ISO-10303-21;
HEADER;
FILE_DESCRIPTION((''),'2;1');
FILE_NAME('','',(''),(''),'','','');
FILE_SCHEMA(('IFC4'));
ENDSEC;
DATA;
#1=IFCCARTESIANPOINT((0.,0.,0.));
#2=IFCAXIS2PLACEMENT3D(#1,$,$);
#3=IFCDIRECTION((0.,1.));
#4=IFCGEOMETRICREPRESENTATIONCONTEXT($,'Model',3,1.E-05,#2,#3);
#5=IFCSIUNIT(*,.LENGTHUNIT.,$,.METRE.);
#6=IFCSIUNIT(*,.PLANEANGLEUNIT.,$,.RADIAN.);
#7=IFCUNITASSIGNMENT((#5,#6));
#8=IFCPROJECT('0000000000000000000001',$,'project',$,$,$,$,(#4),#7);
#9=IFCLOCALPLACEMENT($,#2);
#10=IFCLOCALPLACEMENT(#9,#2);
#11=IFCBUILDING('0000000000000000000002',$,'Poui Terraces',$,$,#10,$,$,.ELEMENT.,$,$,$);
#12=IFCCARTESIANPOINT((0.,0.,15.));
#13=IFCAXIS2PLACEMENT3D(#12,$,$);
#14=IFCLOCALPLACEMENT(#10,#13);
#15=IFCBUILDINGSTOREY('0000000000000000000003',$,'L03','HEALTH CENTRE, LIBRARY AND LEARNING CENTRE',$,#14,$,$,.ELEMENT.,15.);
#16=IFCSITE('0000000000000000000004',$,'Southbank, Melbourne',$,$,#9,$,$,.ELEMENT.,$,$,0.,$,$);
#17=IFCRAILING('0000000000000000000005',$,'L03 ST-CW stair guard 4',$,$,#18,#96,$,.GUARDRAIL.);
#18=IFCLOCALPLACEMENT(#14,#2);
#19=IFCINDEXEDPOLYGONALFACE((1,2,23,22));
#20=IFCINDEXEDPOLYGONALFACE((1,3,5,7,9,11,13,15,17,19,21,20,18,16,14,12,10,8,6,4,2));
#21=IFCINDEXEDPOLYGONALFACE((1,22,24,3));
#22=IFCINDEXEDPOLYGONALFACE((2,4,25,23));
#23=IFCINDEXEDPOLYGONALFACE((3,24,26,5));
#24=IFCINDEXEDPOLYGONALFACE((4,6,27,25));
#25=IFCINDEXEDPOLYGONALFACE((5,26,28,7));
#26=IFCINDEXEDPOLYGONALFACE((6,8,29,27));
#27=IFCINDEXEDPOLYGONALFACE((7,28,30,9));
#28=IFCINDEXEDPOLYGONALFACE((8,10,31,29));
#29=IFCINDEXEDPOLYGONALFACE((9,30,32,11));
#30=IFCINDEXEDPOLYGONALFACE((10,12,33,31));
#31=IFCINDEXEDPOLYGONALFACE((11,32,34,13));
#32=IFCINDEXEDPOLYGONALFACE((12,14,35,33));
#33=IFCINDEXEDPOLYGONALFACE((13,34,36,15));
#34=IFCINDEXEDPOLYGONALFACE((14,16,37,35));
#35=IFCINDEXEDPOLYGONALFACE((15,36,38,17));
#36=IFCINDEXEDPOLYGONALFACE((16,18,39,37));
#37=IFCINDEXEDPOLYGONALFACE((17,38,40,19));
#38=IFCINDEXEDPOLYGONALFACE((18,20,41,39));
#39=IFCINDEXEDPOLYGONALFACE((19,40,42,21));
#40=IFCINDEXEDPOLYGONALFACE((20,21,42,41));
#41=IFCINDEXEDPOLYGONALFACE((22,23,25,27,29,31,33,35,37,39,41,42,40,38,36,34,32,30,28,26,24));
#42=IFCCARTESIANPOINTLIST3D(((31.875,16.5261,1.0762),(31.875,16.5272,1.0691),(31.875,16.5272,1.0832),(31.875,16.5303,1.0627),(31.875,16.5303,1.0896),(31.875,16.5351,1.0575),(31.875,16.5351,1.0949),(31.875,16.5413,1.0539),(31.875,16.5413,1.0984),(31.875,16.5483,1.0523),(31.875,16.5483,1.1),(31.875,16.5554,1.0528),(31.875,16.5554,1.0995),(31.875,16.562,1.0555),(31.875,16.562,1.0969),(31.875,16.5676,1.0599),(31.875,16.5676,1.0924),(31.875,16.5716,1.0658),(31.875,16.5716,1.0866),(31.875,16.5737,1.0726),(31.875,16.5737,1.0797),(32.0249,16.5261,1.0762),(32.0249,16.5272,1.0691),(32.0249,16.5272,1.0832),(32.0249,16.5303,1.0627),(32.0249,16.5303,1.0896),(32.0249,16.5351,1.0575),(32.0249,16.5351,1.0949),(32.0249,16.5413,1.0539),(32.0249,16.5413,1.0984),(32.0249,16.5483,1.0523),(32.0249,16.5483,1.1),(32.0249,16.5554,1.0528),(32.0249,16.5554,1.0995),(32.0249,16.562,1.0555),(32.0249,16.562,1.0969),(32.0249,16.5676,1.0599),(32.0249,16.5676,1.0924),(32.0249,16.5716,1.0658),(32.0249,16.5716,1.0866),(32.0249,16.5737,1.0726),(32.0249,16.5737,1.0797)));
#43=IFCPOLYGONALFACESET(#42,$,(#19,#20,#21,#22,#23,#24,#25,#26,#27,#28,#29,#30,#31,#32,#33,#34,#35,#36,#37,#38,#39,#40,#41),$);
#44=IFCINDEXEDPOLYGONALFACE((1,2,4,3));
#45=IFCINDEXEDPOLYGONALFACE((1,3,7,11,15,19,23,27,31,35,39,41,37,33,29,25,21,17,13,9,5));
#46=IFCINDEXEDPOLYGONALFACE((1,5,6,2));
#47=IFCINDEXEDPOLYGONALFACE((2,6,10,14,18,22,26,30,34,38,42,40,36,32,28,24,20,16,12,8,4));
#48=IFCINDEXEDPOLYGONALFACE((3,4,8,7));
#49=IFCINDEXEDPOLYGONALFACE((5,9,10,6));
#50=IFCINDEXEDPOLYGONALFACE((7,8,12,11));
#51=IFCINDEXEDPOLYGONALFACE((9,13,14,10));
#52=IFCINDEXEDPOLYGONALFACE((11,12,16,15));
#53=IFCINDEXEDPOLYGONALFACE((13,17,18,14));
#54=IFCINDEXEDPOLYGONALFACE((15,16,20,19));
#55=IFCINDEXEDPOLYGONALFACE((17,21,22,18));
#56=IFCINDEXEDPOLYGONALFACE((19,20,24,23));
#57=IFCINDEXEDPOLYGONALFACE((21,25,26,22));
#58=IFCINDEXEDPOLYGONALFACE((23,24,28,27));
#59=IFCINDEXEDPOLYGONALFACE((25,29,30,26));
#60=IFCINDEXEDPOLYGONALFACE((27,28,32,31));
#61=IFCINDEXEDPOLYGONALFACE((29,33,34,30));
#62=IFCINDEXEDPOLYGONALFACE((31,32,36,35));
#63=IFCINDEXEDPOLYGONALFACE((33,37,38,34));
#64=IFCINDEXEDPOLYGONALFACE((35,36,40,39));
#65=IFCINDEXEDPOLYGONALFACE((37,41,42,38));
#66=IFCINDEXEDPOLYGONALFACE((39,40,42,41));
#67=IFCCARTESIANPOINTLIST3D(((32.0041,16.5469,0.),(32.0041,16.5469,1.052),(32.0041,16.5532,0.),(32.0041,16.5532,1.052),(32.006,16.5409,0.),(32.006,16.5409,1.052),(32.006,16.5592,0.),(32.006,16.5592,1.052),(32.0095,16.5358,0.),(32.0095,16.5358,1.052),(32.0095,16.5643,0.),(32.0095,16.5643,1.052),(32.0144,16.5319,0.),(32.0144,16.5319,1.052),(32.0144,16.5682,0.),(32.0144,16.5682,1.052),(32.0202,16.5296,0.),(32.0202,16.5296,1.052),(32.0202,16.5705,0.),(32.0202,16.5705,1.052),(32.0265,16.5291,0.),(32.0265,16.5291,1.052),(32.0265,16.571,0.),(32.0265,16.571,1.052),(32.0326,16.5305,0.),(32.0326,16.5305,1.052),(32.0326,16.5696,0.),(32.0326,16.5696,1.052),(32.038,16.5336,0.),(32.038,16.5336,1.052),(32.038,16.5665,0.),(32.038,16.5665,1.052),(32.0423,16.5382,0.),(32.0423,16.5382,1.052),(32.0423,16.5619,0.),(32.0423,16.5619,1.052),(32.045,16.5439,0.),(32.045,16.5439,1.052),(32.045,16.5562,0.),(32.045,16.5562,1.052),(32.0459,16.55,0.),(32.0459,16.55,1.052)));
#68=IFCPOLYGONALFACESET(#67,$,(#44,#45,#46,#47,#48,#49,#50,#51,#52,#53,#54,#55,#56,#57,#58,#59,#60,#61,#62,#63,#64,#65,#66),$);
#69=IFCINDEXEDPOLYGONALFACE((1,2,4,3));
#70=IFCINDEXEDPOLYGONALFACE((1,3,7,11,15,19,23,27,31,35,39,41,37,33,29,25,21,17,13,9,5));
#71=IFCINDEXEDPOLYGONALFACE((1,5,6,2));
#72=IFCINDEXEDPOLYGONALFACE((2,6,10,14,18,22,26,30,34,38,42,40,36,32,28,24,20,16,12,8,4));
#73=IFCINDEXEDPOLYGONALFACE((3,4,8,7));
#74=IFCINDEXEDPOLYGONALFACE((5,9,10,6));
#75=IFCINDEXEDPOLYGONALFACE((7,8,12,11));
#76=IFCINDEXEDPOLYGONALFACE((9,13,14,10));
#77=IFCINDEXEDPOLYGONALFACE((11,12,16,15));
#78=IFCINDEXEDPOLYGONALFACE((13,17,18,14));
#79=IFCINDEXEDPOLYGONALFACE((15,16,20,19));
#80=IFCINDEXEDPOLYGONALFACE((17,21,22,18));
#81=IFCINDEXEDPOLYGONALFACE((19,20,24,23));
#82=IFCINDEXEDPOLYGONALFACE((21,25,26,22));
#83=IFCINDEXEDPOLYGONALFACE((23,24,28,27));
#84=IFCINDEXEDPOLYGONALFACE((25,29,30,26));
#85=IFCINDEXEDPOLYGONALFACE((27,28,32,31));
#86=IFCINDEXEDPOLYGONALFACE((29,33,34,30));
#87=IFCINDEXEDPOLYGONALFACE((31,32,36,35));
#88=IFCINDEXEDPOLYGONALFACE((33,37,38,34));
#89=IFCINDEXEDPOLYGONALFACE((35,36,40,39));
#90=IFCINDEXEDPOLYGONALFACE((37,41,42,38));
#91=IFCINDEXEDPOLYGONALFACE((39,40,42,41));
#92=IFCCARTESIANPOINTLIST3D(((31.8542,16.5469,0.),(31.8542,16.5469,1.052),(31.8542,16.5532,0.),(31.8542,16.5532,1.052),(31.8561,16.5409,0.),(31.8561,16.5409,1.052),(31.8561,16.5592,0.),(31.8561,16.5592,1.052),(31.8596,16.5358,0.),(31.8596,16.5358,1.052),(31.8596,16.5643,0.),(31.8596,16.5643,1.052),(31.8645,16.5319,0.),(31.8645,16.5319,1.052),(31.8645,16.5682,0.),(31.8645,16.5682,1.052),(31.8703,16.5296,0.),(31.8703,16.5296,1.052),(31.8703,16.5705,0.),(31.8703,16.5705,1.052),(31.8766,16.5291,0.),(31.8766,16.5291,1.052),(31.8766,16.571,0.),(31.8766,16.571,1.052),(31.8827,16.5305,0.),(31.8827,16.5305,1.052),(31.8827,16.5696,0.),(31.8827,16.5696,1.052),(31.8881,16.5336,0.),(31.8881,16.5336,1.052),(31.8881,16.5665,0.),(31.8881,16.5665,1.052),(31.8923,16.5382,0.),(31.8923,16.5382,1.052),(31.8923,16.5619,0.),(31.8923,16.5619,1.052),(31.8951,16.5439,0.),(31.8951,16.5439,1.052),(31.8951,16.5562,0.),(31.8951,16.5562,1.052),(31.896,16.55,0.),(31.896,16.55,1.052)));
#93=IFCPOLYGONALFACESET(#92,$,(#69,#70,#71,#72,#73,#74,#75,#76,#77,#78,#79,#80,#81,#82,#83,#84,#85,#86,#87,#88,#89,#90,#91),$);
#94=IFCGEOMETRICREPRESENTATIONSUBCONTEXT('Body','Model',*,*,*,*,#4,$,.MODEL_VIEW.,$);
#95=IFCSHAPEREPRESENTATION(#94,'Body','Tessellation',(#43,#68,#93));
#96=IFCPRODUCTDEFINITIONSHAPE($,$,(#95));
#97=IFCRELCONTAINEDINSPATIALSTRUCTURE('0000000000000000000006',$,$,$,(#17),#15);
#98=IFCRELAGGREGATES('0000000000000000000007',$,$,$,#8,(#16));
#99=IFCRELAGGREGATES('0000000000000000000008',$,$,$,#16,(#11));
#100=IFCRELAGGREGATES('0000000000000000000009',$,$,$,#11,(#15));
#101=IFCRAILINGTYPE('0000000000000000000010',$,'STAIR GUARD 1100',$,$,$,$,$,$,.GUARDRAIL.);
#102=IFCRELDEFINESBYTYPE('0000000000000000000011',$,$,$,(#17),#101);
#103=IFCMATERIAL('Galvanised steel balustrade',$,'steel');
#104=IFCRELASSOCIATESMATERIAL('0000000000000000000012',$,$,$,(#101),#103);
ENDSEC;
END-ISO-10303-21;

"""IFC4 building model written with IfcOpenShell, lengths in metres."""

from ifc_helpers import new_model, si_unit, direction, frame, origin, origin_2d, place, context, subcontext, project, spatial, circle, extrude, material, type_object, element, save


model = new_model("IFC4")

# Units and contexts
model_context = context("Model", 3, precision=1e-05, world=origin(), true_north=direction((0.0, 1.0)))
body_context = subcontext(model_context, "Body", "Model", "MODEL_VIEW")
ifc_project = project(units=[si_unit("LENGTHUNIT", "METRE"), si_unit("PLANEANGLEUNIT", "RADIAN")], contexts=[model_context])

# Site, building, storey
site_placement = place(None, origin())
site = spatial("IfcSite", under=ifc_project, at=site_placement, Name="Southbank, Melbourne", CompositionType="ELEMENT", RefElevation=0.0)
building_placement = place(site_placement, origin())
building = spatial("IfcBuilding", under=site, at=building_placement, Name="Poui Terraces", CompositionType="ELEMENT")
storey_placement = place(building_placement, frame((0.0, 0.0, 15.0)))
storey = spatial("IfcBuildingStorey", under=building, at=storey_placement, Name="L03", Description="HEALTH CENTRE, LIBRARY AND LEARNING CENTRE", CompositionType="ELEMENT", Elevation=15.0)

# Railing
ifc_material_1 = material(Name="Galvanised steel balustrade", Category="steel")
railing_type_1 = type_object("IfcRailingType", Name="STAIR GUARD 1100", PredefinedType="GUARDRAIL", material=ifc_material_1)
railing_1_placement = place(storey_placement, frame((32.0249, 16.55, 0.0)))
element("IfcRailing", 1, at=railing_1_placement, inside=storey, type_object=railing_type_1, Name="L03 ST-CW stair guard 4", PredefinedType="GUARDRAIL", context=body_context, shape_type="SweptSolid", body=[
    extrude(circle(Radius=0.0239, at=origin_2d()), frame((0.0, 0.0, 1.0762), z_axis=(-1.0, 0.0, 0.0), x_axis=(0.0, -1.0, 0.0)), (0.0, 0.0, 1.0), 0.1499),
    extrude(circle(Radius=0.021, at=origin_2d()), origin(), (0.0, 0.0, 1.0), 1.052),
    extrude(circle(Radius=0.021, at=origin_2d()), frame((-0.1499, 0.0, 0.0)), (0.0, 0.0, 1.0), 1.052),
])

save(model, "model.ifc")
